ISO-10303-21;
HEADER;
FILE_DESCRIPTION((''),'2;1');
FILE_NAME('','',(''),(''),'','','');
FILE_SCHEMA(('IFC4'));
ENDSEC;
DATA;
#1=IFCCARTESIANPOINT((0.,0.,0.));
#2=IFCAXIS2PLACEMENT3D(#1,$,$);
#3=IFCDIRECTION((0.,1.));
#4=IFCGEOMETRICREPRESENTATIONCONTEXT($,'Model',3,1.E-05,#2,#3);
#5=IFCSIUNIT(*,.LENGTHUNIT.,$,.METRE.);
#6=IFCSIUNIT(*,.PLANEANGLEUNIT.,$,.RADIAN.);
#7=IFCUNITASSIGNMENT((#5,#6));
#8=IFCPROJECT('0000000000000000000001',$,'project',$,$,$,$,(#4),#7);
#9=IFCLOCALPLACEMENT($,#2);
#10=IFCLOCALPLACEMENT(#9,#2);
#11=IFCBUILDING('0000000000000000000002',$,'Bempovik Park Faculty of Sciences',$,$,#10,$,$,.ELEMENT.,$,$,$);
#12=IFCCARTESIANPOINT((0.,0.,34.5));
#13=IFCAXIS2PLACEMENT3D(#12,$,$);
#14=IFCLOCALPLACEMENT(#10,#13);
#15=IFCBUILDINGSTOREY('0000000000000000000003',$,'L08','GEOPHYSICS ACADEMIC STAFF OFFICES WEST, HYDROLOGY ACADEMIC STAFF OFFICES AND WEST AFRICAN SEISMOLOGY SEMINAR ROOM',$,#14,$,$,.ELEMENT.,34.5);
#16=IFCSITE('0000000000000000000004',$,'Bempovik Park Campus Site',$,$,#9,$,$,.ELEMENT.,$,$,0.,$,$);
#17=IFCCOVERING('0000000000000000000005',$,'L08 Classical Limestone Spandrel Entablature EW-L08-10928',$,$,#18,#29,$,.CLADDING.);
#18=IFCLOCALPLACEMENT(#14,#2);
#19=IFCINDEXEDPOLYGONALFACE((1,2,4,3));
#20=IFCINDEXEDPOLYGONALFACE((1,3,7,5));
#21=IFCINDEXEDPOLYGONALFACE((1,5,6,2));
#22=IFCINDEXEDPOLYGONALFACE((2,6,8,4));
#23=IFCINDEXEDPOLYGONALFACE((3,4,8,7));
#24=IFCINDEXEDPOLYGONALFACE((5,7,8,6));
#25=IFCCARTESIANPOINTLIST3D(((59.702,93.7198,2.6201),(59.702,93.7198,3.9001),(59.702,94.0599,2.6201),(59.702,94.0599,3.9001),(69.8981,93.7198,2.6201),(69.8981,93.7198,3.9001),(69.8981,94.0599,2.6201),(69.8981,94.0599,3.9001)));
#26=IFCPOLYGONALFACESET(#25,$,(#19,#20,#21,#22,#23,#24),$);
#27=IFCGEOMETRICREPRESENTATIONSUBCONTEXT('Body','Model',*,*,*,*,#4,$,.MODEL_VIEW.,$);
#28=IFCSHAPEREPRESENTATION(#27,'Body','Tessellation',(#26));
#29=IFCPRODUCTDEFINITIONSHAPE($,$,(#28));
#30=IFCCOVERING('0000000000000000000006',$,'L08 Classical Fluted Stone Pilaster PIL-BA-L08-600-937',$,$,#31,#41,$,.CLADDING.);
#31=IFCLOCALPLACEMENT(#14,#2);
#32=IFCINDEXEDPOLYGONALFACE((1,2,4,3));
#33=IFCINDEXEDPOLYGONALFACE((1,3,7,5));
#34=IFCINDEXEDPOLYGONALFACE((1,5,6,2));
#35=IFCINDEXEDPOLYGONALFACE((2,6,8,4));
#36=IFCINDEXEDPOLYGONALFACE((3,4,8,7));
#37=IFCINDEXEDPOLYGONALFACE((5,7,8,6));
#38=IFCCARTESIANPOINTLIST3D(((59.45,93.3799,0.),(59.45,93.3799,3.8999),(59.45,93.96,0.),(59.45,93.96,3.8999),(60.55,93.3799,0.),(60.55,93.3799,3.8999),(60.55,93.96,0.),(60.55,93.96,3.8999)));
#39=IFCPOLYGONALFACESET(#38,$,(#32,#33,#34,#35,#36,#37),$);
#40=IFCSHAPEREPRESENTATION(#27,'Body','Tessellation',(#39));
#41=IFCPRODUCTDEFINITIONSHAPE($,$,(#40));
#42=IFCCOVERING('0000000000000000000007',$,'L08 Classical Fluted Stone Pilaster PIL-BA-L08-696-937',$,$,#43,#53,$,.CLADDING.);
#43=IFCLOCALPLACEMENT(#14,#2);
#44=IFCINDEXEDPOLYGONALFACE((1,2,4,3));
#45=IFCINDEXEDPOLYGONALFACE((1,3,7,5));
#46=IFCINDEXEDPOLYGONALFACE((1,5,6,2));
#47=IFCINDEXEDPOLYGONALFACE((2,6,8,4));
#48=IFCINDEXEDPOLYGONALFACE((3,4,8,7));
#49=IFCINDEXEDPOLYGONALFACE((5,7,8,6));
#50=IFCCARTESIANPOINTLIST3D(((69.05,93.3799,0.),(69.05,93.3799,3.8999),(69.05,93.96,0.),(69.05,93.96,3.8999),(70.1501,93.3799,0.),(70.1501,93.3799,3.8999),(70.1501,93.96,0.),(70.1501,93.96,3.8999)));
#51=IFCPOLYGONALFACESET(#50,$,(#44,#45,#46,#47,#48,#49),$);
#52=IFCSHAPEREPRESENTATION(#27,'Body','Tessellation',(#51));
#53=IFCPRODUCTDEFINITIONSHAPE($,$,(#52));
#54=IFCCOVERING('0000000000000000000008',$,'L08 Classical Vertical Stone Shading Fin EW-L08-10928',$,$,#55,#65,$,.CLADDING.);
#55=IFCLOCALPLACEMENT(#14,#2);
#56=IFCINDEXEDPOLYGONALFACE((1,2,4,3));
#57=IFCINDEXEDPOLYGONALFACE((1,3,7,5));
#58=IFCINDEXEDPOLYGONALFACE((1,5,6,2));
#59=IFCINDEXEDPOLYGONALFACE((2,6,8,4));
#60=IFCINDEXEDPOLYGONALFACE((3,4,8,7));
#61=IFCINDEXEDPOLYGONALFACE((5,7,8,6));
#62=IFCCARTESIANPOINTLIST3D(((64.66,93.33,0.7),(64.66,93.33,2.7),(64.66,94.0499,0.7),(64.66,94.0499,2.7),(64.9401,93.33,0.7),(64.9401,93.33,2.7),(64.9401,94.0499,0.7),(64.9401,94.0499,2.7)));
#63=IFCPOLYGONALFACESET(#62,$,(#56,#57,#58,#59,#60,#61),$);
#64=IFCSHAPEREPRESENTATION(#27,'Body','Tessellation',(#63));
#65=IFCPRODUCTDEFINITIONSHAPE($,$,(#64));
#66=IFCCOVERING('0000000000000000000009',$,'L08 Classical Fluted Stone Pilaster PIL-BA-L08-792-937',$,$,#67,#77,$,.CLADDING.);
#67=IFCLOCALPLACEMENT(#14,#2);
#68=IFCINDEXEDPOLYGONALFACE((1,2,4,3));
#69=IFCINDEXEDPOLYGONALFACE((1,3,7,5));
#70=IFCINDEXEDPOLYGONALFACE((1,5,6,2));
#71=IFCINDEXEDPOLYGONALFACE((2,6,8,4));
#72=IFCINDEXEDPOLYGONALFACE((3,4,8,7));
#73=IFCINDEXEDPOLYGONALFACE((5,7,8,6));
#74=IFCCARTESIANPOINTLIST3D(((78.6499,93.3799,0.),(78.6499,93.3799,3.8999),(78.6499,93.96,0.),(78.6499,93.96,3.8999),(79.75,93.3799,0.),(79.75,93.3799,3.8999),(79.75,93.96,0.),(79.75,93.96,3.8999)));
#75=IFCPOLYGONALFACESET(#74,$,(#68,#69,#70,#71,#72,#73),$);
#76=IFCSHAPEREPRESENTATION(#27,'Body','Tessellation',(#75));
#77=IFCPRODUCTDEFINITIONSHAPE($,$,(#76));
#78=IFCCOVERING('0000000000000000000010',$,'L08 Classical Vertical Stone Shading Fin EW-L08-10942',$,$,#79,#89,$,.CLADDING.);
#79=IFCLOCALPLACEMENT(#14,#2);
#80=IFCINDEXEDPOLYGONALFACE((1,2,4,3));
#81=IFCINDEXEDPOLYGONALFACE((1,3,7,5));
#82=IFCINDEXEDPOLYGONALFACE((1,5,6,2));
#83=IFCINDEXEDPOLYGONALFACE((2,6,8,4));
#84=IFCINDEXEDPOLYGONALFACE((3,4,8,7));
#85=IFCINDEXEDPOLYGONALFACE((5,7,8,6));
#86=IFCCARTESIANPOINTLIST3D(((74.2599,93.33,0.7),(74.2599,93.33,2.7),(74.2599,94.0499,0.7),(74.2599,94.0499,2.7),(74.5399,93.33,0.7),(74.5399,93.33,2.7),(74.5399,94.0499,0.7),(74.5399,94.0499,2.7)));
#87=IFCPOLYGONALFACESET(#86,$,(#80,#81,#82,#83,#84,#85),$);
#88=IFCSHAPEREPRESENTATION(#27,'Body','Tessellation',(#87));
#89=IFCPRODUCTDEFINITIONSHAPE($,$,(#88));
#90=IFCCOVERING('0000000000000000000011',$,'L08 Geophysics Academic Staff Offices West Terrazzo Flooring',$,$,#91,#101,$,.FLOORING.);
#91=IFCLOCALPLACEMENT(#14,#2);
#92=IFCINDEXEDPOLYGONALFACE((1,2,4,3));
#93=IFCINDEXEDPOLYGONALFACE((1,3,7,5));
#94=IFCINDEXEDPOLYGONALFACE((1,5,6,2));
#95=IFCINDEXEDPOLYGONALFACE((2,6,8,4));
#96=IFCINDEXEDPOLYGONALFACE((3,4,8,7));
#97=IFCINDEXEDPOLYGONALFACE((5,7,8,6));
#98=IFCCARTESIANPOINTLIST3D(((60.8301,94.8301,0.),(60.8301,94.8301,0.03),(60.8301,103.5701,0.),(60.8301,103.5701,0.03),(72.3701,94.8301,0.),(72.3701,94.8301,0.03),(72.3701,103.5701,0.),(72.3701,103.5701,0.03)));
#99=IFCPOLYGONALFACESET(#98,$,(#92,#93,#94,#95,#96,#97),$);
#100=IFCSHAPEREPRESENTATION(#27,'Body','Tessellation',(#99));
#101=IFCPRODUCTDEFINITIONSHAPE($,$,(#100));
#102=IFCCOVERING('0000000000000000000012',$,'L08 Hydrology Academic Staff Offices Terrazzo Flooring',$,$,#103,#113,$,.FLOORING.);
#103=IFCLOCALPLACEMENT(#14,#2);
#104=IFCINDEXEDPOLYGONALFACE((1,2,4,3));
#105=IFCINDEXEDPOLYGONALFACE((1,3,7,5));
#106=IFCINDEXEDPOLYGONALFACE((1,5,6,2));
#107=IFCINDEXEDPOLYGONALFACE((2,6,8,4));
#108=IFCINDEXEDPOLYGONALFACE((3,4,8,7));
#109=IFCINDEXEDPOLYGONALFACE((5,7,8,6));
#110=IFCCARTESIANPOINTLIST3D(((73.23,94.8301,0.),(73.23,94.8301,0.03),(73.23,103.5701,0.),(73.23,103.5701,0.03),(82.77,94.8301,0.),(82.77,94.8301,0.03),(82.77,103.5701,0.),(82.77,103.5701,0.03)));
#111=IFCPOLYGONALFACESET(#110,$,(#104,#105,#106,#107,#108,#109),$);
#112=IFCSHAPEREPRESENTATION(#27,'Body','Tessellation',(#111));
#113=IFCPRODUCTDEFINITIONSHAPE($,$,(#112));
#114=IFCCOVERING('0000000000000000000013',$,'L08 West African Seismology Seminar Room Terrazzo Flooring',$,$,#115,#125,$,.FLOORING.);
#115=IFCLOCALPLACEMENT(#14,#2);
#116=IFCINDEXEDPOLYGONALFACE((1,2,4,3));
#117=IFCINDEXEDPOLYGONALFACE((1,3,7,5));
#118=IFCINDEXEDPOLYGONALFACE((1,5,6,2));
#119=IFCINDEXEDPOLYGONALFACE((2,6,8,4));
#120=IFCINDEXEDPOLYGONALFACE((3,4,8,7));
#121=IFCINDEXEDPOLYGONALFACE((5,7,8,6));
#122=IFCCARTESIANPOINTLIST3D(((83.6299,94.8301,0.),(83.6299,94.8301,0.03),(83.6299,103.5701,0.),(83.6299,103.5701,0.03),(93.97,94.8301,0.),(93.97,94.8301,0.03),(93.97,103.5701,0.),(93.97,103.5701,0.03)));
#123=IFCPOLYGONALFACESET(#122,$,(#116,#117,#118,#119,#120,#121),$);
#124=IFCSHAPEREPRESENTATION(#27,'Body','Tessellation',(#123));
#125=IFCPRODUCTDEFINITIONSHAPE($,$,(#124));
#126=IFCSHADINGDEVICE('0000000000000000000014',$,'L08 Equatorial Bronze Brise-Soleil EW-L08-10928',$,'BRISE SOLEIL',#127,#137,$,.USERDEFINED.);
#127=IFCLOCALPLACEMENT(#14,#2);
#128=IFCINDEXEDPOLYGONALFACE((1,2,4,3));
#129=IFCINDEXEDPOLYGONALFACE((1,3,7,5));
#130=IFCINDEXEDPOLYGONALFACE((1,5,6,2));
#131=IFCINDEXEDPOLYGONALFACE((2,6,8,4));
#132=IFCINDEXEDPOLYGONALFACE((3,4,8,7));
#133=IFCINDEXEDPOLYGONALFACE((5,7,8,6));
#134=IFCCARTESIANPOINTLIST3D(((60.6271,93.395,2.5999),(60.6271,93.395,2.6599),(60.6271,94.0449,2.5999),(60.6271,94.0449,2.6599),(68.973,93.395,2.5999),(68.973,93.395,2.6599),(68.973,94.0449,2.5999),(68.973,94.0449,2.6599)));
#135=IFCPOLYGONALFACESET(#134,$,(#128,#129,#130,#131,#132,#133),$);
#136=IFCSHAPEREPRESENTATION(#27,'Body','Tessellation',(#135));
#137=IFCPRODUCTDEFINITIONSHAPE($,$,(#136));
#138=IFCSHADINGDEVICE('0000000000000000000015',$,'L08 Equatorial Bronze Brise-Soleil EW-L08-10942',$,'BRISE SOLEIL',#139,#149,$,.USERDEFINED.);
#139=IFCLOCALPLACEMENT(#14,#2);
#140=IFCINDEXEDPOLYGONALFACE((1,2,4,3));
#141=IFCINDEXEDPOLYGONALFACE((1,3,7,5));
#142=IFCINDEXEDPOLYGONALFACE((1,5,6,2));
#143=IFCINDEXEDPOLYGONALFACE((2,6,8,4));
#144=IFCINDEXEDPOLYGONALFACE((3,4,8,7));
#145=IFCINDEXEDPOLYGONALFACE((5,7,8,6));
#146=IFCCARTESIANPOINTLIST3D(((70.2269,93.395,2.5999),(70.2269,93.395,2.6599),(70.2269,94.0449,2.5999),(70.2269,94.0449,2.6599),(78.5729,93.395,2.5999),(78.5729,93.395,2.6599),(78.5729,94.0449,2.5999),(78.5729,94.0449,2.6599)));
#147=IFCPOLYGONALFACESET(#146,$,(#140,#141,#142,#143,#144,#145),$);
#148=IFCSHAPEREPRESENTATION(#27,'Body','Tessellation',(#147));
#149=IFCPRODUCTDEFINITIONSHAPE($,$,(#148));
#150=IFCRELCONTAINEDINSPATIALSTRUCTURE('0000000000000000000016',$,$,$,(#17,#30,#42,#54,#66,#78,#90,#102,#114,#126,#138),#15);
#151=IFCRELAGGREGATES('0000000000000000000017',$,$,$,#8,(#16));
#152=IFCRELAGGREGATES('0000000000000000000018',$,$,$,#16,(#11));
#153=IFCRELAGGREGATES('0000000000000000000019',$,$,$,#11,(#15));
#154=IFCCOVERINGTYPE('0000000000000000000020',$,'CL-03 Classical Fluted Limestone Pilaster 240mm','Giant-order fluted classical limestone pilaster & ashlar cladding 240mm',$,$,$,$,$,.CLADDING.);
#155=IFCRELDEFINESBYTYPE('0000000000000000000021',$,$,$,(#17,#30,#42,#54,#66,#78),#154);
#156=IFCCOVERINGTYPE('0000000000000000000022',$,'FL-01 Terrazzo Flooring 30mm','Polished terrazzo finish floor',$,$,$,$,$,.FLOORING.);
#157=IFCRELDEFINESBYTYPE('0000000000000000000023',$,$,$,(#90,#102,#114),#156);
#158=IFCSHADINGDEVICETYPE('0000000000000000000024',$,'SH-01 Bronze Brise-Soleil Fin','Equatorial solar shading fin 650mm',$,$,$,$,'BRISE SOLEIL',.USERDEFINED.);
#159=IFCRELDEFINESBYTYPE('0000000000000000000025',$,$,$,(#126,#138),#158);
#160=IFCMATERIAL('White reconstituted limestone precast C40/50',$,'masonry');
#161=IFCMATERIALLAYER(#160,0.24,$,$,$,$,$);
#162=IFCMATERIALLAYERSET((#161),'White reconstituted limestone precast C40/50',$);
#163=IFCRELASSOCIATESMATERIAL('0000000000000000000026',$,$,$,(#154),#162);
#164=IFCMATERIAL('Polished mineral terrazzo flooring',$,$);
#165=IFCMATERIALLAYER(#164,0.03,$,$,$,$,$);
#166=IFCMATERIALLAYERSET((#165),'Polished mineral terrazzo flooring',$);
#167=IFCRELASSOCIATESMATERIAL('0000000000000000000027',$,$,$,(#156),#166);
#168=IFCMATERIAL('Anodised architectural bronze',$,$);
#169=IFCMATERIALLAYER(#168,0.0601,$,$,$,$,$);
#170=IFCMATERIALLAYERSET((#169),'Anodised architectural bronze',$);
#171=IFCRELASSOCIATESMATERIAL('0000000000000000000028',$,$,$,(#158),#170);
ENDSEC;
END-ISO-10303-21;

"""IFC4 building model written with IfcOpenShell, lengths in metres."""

from ifc_helpers import new_model, si_unit, direction, frame, origin, origin_2d, place, context, subcontext, project, spatial, polyline, rectangle, outline, extrude, material, layer, layer_set, type_object, element, save


model = new_model("IFC4")

# Units and contexts
model_context = context("Model", 3, precision=1e-05, world=origin(), true_north=direction((0.0, 1.0)))
body_context = subcontext(model_context, "Body", "Model", "MODEL_VIEW")
ifc_project = project(units=[si_unit("LENGTHUNIT", "METRE"), si_unit("PLANEANGLEUNIT", "RADIAN")], contexts=[model_context])

# Site, building, storey
site_placement = place(None, origin())
site = spatial("IfcSite", under=ifc_project, at=site_placement, Name="Bempovik Park Campus Site", CompositionType="ELEMENT", RefElevation=0.0)
building_placement = place(site_placement, origin())
building = spatial("IfcBuilding", under=site, at=building_placement, Name="Bempovik Park Faculty of Sciences", CompositionType="ELEMENT")
storey_placement = place(building_placement, frame((0.0, 0.0, 34.5)))
storey = spatial("IfcBuildingStorey", under=building, at=storey_placement, Name="L08", Description="GEOPHYSICS ACADEMIC STAFF OFFICES WEST, HYDROLOGY ACADEMIC STAFF OFFICES AND WEST AFRICAN SEISMOLOGY SEMINAR ROOM", CompositionType="ELEMENT", Elevation=34.5)

# Coverings
ifc_material_1 = material(Name="White reconstituted limestone precast C40/50", Category="masonry")
ifc_layer_1 = layer(ifc_material_1, 0.24)
ifc_layer_set_1 = layer_set([ifc_layer_1], Name="White reconstituted limestone precast C40/50")
covering_type_1 = type_object("IfcCoveringType", Name="CL-03 Classical Fluted Limestone Pilaster 240mm", Description="Giant-order fluted classical limestone pilaster & ashlar cladding 240mm", PredefinedType="CLADDING", material=ifc_layer_set_1)
covering_1_placement = place(storey_placement, frame((64.8, 93.8899, 2.6201), z_axis=(0.0, 0.0, 1.0), x_axis=(1.0, 0.0, 0.0)))
element("IfcCovering", 1, at=covering_1_placement, inside=storey, type_object=covering_type_1, Name="L08 Classical Limestone Spandrel Entablature EW-L08-10928", PredefinedType="CLADDING", context=body_context, shape_type="SweptSolid", body=[
    extrude(rectangle(XDim=10.196, YDim=0.3401, at=origin_2d()), origin(), (0.0, 0.0, 1.0), 1.28),
])
for number, where, z_axis, x_axis, name in (
    (2, (60.0, 93.6699, 0.0), (0.0, 0.0, 1.0), (1.0, 0.0, 0.0), "L08 Classical Fluted Stone Pilaster PIL-BA-L08-600-937"),
    (3, (69.6001, 93.6699, 0.0), (0.0, 0.0, 1.0), (1.0, 0.0, 0.0), "L08 Classical Fluted Stone Pilaster PIL-BA-L08-696-937"),
):
    element("IfcCovering", number, at=place(storey_placement, frame(where, z_axis=z_axis, x_axis=x_axis)), inside=storey, type_object=covering_type_1, Name=name, PredefinedType="CLADDING", context=body_context, shape_type="SweptSolid", body=[
        extrude(rectangle(XDim=1.1001, YDim=0.5801, at=origin_2d()), origin(), (0.0, 0.0, 1.0), 3.8999),
    ])
covering_2_placement = place(storey_placement, frame((64.8, 93.6899, 0.7), z_axis=(0.0, 0.0, 1.0), x_axis=(1.0, 0.0, 0.0)))
element("IfcCovering", 4, at=covering_2_placement, inside=storey, type_object=covering_type_1, Name="L08 Classical Vertical Stone Shading Fin EW-L08-10928", PredefinedType="CLADDING", context=body_context, shape_type="SweptSolid", body=[
    extrude(rectangle(XDim=0.28, YDim=0.72, at=origin_2d()), origin(), (0.0, 0.0, 1.0), 2.0),
])
covering_3_placement = place(storey_placement, frame((79.2, 93.6699, 0.0), z_axis=(0.0, 0.0, 1.0), x_axis=(1.0, 0.0, 0.0)))
element("IfcCovering", 5, at=covering_3_placement, inside=storey, type_object=covering_type_1, Name="L08 Classical Fluted Stone Pilaster PIL-BA-L08-792-937", PredefinedType="CLADDING", context=body_context, shape_type="SweptSolid", body=[
    extrude(rectangle(XDim=1.1001, YDim=0.5801, at=origin_2d()), origin(), (0.0, 0.0, 1.0), 3.8999),
])
covering_4_placement = place(storey_placement, frame((74.3999, 93.6899, 0.7), z_axis=(0.0, 0.0, 1.0), x_axis=(1.0, 0.0, 0.0)))
element("IfcCovering", 6, at=covering_4_placement, inside=storey, type_object=covering_type_1, Name="L08 Classical Vertical Stone Shading Fin EW-L08-10942", PredefinedType="CLADDING", context=body_context, shape_type="SweptSolid", body=[
    extrude(rectangle(XDim=0.28, YDim=0.72, at=origin_2d()), origin(), (0.0, 0.0, 1.0), 2.0),
])
ifc_material_2 = material(Name="Polished mineral terrazzo flooring")
ifc_layer_2 = layer(ifc_material_2, 0.03)
ifc_layer_set_2 = layer_set([ifc_layer_2], Name="Polished mineral terrazzo flooring")
covering_type_2 = type_object("IfcCoveringType", Name="FL-01 Terrazzo Flooring 30mm", Description="Polished terrazzo finish floor", PredefinedType="FLOORING", material=ifc_layer_set_2)
covering_5_placement = place(storey_placement, origin())
element("IfcCovering", 7, at=covering_5_placement, inside=storey, type_object=covering_type_2, Name="L08 Geophysics Academic Staff Offices West Terrazzo Flooring", PredefinedType="FLOORING", context=body_context, shape_type="SweptSolid", body=[
    extrude(outline(polyline([(60.8301, 94.8301), (72.3701, 94.8301), (72.3701, 103.5701), (60.8301, 103.5701), (60.8301, 94.8301)])), origin(), (0.0, 0.0, 1.0), 0.03),
])
covering_6_placement = place(storey_placement, origin())
element("IfcCovering", 8, at=covering_6_placement, inside=storey, type_object=covering_type_2, Name="L08 Hydrology Academic Staff Offices Terrazzo Flooring", PredefinedType="FLOORING", context=body_context, shape_type="SweptSolid", body=[
    extrude(outline(polyline([(73.23, 94.8301), (82.77, 94.8301), (82.77, 103.5701), (73.23, 103.5701), (73.23, 94.8301)])), origin(), (0.0, 0.0, 1.0), 0.03),
])
covering_7_placement = place(storey_placement, origin())
element("IfcCovering", 9, at=covering_7_placement, inside=storey, type_object=covering_type_2, Name="L08 West African Seismology Seminar Room Terrazzo Flooring", PredefinedType="FLOORING", context=body_context, shape_type="SweptSolid", body=[
    extrude(outline(polyline([(83.6299, 94.8301), (93.97, 94.8301), (93.97, 103.5701), (83.6299, 103.5701), (83.6299, 94.8301)])), origin(), (0.0, 0.0, 1.0), 0.03),
])

# Shading devices
ifc_material_3 = material(Name="Anodised architectural bronze")
ifc_layer_3 = layer(ifc_material_3, 0.0601)
ifc_layer_set_3 = layer_set([ifc_layer_3], Name="Anodised architectural bronze")
shading_device_type = type_object("IfcShadingDeviceType", Name="SH-01 Bronze Brise-Soleil Fin", Description="Equatorial solar shading fin 650mm", ElementType="BRISE SOLEIL", PredefinedType="USERDEFINED", material=ifc_layer_set_3)
for number, where, z_axis, x_axis, name in (
    (10, (64.8, 93.72, 2.5999), (0.0, 0.0, 1.0), (1.0, 0.0, 0.0), "L08 Equatorial Bronze Brise-Soleil EW-L08-10928"),
    (11, (74.3999, 93.72, 2.5999), (0.0, 0.0, 1.0), (1.0, 0.0, 0.0), "L08 Equatorial Bronze Brise-Soleil EW-L08-10942"),
):
    element("IfcShadingDevice", number, at=place(storey_placement, frame(where, z_axis=z_axis, x_axis=x_axis)), inside=storey, type_object=shading_device_type, Name=name, ObjectType="BRISE SOLEIL", PredefinedType="USERDEFINED", context=body_context, shape_type="SweptSolid", body=[
        extrude(rectangle(XDim=8.3459, YDim=0.6499, at=origin_2d()), origin(), (0.0, 0.0, 1.0), 0.0601),
    ])

save(model, "model.ifc")
